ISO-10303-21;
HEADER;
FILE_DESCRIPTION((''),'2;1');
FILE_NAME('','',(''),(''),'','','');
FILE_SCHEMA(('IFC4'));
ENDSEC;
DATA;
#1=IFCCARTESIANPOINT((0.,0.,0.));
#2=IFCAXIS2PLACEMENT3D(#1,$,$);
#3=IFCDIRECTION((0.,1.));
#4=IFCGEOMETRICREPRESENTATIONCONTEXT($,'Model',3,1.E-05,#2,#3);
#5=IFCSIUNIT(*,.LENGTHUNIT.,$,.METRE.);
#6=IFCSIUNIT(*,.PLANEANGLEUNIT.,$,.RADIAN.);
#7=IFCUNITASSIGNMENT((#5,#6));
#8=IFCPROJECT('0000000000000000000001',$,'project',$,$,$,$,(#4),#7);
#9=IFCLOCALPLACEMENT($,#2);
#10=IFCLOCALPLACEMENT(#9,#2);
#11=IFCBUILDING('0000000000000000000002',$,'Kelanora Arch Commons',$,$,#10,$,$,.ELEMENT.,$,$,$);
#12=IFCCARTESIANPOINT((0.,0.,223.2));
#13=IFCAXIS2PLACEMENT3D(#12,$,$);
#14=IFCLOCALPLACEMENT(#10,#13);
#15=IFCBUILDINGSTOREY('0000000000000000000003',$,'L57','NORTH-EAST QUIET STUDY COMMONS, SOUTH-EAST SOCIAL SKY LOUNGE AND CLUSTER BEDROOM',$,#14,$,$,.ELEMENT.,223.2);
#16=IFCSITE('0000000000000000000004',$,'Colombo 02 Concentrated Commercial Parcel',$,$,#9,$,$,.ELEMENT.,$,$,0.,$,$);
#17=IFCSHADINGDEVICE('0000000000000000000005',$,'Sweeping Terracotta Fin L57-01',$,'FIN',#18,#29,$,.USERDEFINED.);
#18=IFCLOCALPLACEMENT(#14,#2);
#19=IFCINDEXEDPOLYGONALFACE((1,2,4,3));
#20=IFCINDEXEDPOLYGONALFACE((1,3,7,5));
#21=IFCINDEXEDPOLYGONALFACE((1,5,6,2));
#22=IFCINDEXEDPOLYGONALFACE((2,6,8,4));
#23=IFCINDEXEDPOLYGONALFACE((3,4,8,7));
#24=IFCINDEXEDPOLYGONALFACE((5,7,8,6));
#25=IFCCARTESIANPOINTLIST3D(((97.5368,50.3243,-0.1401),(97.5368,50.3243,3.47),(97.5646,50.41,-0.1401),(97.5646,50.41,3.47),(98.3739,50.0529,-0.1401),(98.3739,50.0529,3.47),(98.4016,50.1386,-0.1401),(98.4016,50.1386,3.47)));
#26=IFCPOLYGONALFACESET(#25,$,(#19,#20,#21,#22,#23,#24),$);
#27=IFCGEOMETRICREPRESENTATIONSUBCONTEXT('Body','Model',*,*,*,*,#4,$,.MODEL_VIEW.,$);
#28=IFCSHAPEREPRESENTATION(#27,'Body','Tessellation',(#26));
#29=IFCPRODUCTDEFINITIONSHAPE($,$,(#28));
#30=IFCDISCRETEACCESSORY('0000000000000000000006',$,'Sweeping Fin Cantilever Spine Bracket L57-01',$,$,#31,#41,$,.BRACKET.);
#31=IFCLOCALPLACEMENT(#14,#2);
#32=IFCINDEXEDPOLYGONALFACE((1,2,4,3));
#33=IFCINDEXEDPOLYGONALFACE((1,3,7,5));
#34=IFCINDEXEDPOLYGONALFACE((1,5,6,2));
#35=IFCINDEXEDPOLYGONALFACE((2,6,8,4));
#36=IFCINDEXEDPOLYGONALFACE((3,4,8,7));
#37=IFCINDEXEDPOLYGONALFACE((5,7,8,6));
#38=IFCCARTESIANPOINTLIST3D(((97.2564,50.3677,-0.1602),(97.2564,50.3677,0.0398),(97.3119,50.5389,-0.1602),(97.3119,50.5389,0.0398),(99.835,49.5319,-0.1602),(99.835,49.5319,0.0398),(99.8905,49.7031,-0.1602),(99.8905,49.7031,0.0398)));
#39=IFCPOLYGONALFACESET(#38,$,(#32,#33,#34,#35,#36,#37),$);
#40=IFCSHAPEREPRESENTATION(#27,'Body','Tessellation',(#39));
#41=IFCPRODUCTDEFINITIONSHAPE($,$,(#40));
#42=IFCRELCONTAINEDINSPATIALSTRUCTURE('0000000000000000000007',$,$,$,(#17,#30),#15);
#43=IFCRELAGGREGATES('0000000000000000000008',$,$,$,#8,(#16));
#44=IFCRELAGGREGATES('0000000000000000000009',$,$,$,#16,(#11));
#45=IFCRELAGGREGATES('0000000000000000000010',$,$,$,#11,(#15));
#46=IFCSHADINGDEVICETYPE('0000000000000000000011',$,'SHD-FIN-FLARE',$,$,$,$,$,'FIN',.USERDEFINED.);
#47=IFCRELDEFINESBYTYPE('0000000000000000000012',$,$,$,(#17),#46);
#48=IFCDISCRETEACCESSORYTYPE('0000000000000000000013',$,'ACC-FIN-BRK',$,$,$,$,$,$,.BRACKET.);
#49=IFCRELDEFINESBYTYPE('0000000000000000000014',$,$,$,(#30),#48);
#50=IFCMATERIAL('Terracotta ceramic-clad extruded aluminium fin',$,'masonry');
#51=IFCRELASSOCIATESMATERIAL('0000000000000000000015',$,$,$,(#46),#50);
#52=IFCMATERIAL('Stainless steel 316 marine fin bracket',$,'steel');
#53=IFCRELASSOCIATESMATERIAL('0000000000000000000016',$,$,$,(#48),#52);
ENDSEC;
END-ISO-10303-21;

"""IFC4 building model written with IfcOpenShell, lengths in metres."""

from ifc_helpers import new_model, si_unit, direction, frame, origin, origin_2d, place, context, subcontext, project, spatial, rectangle, extrude, source, transform, mapped, material, type_object, element, save


model = new_model("IFC4")

# Units and contexts
model_context = context("Model", 3, precision=1e-05, world=origin(), true_north=direction((0.0, 1.0)))
body_context = subcontext(model_context, "Body", "Model", "MODEL_VIEW")
ifc_project = project(units=[si_unit("LENGTHUNIT", "METRE"), si_unit("PLANEANGLEUNIT", "RADIAN")], contexts=[model_context])

# Site, building, storey
site_placement = place(None, origin())
site = spatial("IfcSite", under=ifc_project, at=site_placement, Name="Colombo 02 Concentrated Commercial Parcel", CompositionType="ELEMENT", RefElevation=0.0)
building_placement = place(site_placement, origin())
building = spatial("IfcBuilding", under=site, at=building_placement, Name="Kelanora Arch Commons", CompositionType="ELEMENT")
storey_placement = place(building_placement, frame((0.0, 0.0, 223.2)))
storey = spatial("IfcBuildingStorey", under=building, at=storey_placement, Name="L57", Description="NORTH-EAST QUIET STUDY COMMONS, SOUTH-EAST SOCIAL SKY LOUNGE AND CLUSTER BEDROOM", CompositionType="ELEMENT", Elevation=223.2)

# Shading device
ifc_material_1 = material(Name="Terracotta ceramic-clad extruded aluminium fin", Category="masonry")
shading_device_type = type_object("IfcShadingDeviceType", Name="SHD-FIN-FLARE", ElementType="FIN", PredefinedType="USERDEFINED", material=ifc_material_1)
shared_shape_1 = source(origin(), body_context, "Body", "SweptSolid", [
    extrude(rectangle(XDim=0.8799, YDim=0.0901, at=origin_2d()), origin(), (0.0, 0.0, 1.0), 3.6101),
])
shading_device_placement = place(storey_placement, frame((97.9692, 50.2314, -0.1401), z_axis=(0.0, 0.0, 1.0), x_axis=(0.951272, -0.308353, 0.0)))
element("IfcShadingDevice", 1, at=shading_device_placement, inside=storey, type_object=shading_device_type, Name="Sweeping Terracotta Fin L57-01", ObjectType="FIN", PredefinedType="USERDEFINED", context=body_context, shape_type="MappedRepresentation", body=[
    mapped(shared_shape_1, transform((0.0, 0.0, 0.0), scale=1.0)),
])

# Discrete accessory
ifc_material_2 = material(Name="Stainless steel 316 marine fin bracket", Category="steel")
discrete_accessory_type = type_object("IfcDiscreteAccessoryType", Name="ACC-FIN-BRK", PredefinedType="BRACKET", material=ifc_material_2)
shared_shape_2 = source(origin(), body_context, "Body", "SweptSolid", [
    extrude(rectangle(XDim=2.7107, YDim=0.1799, at=origin_2d()), origin(), (0.0, 0.0, 1.0), 0.2),
])
discrete_accessory_placement = place(storey_placement, frame((98.5735, 50.0354, -0.1602), z_axis=(0.0, 0.0, 1.0), x_axis=(0.951272, -0.308353, 0.0)))
element("IfcDiscreteAccessory", 2, at=discrete_accessory_placement, inside=storey, type_object=discrete_accessory_type, Name="Sweeping Fin Cantilever Spine Bracket L57-01", PredefinedType="BRACKET", context=body_context, shape_type="MappedRepresentation", body=[
    mapped(shared_shape_2, transform((0.0, 0.0, 0.0), scale=1.0)),
])

save(model, "model.ifc")
